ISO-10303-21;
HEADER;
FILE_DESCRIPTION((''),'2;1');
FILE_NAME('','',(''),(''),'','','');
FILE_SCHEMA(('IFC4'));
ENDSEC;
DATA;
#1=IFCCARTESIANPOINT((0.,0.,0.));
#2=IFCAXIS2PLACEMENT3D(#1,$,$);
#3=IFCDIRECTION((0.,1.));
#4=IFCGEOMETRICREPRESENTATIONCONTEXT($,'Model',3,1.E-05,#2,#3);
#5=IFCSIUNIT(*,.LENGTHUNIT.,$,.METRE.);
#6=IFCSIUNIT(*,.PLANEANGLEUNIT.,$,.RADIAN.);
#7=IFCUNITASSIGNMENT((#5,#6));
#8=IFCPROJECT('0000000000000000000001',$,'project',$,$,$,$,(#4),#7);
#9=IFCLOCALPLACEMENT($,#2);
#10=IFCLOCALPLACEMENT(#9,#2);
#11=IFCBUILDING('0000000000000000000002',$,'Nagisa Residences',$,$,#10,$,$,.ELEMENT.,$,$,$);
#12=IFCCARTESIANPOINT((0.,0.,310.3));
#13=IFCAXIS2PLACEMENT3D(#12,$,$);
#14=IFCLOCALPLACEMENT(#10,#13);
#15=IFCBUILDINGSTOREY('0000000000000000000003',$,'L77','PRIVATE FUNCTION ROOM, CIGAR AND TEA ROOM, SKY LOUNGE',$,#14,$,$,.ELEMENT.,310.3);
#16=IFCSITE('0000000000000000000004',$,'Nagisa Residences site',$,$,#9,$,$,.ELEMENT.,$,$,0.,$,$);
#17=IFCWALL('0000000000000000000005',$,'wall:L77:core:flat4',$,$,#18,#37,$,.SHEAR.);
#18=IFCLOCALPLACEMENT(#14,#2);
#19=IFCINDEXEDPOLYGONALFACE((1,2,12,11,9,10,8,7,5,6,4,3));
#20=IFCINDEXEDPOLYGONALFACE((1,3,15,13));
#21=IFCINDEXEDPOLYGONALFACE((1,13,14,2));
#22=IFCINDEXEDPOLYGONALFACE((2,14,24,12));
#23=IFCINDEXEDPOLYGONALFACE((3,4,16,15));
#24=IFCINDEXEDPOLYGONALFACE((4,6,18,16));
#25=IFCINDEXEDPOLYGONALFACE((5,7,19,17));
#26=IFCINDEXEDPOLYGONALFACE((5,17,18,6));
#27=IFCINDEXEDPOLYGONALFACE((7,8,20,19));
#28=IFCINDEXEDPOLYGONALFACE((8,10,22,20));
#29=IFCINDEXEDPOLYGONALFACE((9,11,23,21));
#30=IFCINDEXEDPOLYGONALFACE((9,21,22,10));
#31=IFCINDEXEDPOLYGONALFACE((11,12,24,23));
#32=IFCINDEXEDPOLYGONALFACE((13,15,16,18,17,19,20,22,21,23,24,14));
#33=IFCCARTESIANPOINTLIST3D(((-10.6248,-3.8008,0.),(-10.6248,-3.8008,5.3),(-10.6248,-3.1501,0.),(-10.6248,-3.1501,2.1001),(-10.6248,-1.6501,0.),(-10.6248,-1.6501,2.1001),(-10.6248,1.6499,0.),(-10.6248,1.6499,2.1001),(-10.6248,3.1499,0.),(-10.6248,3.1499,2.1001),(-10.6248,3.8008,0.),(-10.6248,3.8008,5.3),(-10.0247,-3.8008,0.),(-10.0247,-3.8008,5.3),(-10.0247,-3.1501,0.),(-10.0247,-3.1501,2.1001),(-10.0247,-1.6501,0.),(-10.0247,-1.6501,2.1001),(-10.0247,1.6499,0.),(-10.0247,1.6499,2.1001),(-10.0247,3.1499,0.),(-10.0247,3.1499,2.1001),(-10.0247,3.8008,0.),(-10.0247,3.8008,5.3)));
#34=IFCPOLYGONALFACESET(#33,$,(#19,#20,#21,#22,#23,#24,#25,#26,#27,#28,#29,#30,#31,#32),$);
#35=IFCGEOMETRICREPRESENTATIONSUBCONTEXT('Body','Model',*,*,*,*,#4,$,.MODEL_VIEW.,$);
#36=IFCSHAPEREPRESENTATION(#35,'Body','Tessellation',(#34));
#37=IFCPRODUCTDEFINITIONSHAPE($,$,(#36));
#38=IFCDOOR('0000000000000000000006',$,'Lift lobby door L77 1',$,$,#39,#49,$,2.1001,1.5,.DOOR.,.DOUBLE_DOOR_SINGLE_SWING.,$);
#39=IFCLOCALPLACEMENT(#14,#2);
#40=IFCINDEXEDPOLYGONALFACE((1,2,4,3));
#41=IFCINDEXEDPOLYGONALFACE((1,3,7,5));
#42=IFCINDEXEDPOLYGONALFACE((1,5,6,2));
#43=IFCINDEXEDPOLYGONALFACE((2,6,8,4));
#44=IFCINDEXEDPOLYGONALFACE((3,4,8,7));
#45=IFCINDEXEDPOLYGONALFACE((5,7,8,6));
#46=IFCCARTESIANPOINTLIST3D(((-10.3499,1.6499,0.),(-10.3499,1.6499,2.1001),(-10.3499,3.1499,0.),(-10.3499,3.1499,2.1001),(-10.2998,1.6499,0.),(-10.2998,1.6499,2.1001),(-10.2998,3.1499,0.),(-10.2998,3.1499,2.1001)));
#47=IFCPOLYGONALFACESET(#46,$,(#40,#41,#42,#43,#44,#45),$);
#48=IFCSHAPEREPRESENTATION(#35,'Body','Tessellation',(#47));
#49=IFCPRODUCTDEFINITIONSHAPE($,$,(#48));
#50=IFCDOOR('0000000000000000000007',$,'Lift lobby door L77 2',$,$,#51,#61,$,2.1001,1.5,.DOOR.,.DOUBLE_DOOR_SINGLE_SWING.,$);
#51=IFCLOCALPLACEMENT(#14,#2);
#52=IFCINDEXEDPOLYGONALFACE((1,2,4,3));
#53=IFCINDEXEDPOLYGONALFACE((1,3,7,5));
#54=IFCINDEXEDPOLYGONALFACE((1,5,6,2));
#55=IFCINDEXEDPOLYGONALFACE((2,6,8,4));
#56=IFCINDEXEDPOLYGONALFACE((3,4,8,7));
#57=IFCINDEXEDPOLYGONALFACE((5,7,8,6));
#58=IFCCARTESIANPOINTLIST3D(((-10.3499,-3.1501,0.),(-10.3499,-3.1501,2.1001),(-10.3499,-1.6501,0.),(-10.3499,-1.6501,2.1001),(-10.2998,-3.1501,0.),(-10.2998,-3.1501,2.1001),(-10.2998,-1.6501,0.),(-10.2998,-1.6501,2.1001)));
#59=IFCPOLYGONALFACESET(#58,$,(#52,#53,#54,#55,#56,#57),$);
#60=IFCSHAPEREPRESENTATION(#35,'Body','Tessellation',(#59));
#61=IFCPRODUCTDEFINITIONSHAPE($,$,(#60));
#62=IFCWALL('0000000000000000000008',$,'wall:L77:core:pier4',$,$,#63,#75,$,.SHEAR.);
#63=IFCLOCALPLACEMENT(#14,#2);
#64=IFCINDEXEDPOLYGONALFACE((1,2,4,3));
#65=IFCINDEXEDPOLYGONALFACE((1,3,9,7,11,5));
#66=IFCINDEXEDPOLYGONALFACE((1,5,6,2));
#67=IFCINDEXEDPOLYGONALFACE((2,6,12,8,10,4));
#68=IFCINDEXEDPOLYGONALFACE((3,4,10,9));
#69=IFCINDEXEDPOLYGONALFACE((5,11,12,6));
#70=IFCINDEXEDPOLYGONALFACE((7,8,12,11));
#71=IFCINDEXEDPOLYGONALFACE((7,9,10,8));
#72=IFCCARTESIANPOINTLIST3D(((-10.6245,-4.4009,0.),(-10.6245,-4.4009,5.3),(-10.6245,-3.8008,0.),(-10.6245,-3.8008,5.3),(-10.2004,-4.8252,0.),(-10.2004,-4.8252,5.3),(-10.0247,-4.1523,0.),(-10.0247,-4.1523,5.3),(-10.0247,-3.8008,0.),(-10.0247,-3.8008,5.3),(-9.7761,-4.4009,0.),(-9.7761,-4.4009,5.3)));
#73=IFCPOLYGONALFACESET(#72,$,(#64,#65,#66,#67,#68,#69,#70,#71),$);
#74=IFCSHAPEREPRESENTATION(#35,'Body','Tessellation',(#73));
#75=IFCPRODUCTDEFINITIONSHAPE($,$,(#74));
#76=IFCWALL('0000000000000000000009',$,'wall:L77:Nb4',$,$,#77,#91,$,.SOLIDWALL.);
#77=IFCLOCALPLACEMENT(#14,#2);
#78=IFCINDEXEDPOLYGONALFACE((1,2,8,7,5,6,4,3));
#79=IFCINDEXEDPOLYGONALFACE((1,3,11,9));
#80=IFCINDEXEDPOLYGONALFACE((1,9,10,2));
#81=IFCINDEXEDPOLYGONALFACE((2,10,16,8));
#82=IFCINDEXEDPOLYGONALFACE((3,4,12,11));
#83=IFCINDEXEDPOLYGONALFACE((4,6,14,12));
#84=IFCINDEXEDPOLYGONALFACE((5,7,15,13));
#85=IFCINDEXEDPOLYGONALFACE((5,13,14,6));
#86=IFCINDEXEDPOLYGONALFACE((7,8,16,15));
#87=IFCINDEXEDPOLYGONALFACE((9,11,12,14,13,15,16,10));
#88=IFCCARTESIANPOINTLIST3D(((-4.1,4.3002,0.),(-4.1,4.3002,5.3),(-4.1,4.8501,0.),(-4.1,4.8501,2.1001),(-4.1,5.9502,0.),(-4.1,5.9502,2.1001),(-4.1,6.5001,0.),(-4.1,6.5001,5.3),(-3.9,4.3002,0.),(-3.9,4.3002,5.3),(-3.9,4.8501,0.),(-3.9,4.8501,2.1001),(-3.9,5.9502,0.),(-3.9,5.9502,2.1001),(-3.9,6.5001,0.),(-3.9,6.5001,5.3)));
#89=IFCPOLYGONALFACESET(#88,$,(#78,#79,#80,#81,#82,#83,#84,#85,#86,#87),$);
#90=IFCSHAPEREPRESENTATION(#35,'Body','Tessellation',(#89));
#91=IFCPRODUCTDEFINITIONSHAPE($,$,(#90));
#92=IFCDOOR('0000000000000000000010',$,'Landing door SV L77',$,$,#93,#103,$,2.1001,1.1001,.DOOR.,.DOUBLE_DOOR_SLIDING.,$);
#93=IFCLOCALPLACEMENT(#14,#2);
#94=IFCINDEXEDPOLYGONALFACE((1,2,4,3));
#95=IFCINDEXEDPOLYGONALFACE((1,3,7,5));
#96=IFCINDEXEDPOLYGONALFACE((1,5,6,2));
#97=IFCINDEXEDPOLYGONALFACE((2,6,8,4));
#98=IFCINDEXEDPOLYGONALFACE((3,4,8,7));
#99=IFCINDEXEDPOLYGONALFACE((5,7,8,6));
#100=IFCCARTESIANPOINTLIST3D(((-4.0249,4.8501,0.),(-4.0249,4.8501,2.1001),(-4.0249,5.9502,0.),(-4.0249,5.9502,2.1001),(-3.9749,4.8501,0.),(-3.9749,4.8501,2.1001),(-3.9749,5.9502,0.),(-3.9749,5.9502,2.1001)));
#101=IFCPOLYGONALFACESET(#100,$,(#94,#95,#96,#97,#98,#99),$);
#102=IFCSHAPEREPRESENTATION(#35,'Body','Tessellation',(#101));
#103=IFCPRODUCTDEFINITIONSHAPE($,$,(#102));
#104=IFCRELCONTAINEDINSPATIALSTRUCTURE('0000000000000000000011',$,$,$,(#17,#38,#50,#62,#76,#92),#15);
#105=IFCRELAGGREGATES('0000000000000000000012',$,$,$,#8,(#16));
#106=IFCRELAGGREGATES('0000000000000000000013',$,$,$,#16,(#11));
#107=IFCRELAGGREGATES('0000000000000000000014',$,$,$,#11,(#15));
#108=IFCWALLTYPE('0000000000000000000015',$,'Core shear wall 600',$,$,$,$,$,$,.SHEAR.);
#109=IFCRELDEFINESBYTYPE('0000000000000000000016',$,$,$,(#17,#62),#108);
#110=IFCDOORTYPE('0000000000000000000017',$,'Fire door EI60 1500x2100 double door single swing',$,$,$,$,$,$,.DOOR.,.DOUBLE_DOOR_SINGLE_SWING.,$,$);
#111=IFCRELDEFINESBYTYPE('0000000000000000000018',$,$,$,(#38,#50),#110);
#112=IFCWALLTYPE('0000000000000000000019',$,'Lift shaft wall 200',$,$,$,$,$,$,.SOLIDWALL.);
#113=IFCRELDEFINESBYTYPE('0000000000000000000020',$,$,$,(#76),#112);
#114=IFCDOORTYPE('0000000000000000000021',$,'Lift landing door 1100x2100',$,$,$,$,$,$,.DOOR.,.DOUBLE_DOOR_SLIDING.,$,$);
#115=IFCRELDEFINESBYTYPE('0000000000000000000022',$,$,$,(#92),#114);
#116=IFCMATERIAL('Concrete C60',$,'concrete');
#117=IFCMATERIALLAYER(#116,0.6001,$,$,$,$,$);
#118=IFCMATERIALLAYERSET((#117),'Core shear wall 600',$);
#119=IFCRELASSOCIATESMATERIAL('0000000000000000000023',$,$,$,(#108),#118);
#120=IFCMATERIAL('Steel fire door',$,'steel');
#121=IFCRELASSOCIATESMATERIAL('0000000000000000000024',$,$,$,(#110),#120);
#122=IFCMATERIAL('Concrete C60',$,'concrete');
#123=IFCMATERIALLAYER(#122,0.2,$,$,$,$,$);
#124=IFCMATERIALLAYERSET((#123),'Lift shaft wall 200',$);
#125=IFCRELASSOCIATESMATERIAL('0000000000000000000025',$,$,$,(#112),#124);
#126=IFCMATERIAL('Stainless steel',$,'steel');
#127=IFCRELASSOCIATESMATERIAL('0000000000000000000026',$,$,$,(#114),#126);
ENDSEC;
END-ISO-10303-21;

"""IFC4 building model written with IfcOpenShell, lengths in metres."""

from ifc_helpers import new_model, si_unit, direction, frame, frame_2d, origin, place, context, subcontext, project, spatial, polyline, rectangle, outline, extrude, material, layer, layer_set, type_object, element, fill, save


model = new_model("IFC4")

# Units and contexts
model_context = context("Model", 3, precision=1e-05, world=origin(), true_north=direction((0.0, 1.0)))
body_context = subcontext(model_context, "Body", "Model", "MODEL_VIEW")
ifc_project = project(units=[si_unit("LENGTHUNIT", "METRE"), si_unit("PLANEANGLEUNIT", "RADIAN")], contexts=[model_context])

# Site, building, storey
site_placement = place(None, origin())
site = spatial("IfcSite", under=ifc_project, at=site_placement, Name="Nagisa Residences site", CompositionType="ELEMENT", RefElevation=0.0)
building_placement = place(site_placement, origin())
building = spatial("IfcBuilding", under=site, at=building_placement, Name="Nagisa Residences", CompositionType="ELEMENT")
storey_placement = place(building_placement, frame((0.0, 0.0, 310.3)))
storey = spatial("IfcBuildingStorey", under=building, at=storey_placement, Name="L77", Description="PRIVATE FUNCTION ROOM, CIGAR AND TEA ROOM, SKY LOUNGE", CompositionType="ELEMENT", Elevation=310.3)

# Wall, openings, doors
ifc_material_1 = material(Name="Concrete C60", Category="concrete")
ifc_layer_1 = layer(ifc_material_1, 0.6001)
ifc_layer_set_1 = layer_set([ifc_layer_1], Name="Core shear wall 600")
wall_type_1 = type_object("IfcWallType", Name="Core shear wall 600", PredefinedType="SHEAR", material=ifc_layer_set_1)
wall_1_placement = place(storey_placement, frame((-10.3247, 3.8008, 0.0), z_axis=(0.0, 0.0, 1.0), x_axis=(0.0, -1.0, 0.0)))
wall_1 = element("IfcWall", 1, at=wall_1_placement, inside=storey, type_object=wall_type_1, Name="wall:L77:core:flat4", PredefinedType="SHEAR", context=body_context, shape_type="SweptSolid", body=[
    extrude(rectangle(XDim=7.6016, YDim=0.6001, at=frame_2d((3.8008, 0.0))), origin(), (0.0, 0.0, 1.0), 5.3),
])
opening_1_placement = place(wall_1_placement, frame((0.6509, 0.0, 0.0)))
opening_1 = element("IfcOpeningElement", 2, at=opening_1_placement, cuts=wall_1, PredefinedType="OPENING", context=body_context, shape_type="SweptSolid", body=[
    extrude(rectangle(XDim=1.5, YDim=2.1001, at=frame_2d((0.75, 1.05))), frame((0.0, 0.3101, 0.0), z_axis=(0.0, -1.0, 0.0), x_axis=(1.0, 0.0, 0.0)), (0.0, 0.0, 1.0), 0.6201),
])
opening_2_placement = place(wall_1_placement, frame((5.4509, 0.0, 0.0)))
opening_2 = element("IfcOpeningElement", 3, at=opening_2_placement, cuts=wall_1, PredefinedType="OPENING", context=body_context, shape_type="SweptSolid", body=[
    extrude(rectangle(XDim=1.5, YDim=2.1001, at=frame_2d((0.75, 1.05))), frame((0.0, 0.3101, 0.0), z_axis=(0.0, -1.0, 0.0), x_axis=(1.0, 0.0, 0.0)), (0.0, 0.0, 1.0), 0.6201),
])
ifc_material_2 = material(Name="Steel fire door", Category="steel")
door_type_1 = type_object("IfcDoorType", Name="Fire door EI60 1500x2100 double door single swing", OperationType="DOUBLE_DOOR_SINGLE_SWING", PredefinedType="DOOR", material=ifc_material_2)
door_1_placement = place(opening_1_placement, origin())
door_1 = element("IfcDoor", 4, at=door_1_placement, inside=storey, type_object=door_type_1, Name="Lift lobby door L77 1", OperationType="DOUBLE_DOOR_SINGLE_SWING", OverallHeight=2.1001, OverallWidth=1.5, PredefinedType="DOOR", context=body_context, shape_type="SweptSolid", body=[
    extrude(rectangle(XDim=1.5, YDim=2.1001, at=frame_2d((0.75, 1.05))), frame((0.0, 0.0249, 0.0), z_axis=(0.0, -1.0, 0.0), x_axis=(1.0, 0.0, 0.0)), (0.0, 0.0, 1.0), 0.05),
])
fill(opening_1, door_1)
door_2_placement = place(opening_2_placement, origin())
door_2 = element("IfcDoor", 5, at=door_2_placement, inside=storey, type_object=door_type_1, Name="Lift lobby door L77 2", OperationType="DOUBLE_DOOR_SINGLE_SWING", OverallHeight=2.1001, OverallWidth=1.5, PredefinedType="DOOR", context=body_context, shape_type="SweptSolid", body=[
    extrude(rectangle(XDim=1.5, YDim=2.1001, at=frame_2d((0.75, 1.05))), frame((0.0, 0.0249, 0.0), z_axis=(0.0, -1.0, 0.0), x_axis=(1.0, 0.0, 0.0)), (0.0, 0.0, 1.0), 0.05),
])
fill(opening_2, door_2)

# Wall
wall_2_placement = place(storey_placement, origin())
element("IfcWall", 6, at=wall_2_placement, inside=storey, type_object=wall_type_1, Name="wall:L77:core:pier4", PredefinedType="SHEAR", context=body_context, shape_type="SweptSolid", body=[
    extrude(outline(polyline([(-10.6245, -3.8008), (-10.0247, -3.8008), (-10.0247, -4.1523), (-9.7761, -4.4009), (-10.2004, -4.8252), (-10.6245, -4.4009), (-10.6245, -3.8008)])), origin(), (0.0, 0.0, 1.0), 5.3),
])

# Wall, opening, door
ifc_material_3 = material(Name="Concrete C60", Category="concrete")
ifc_layer_2 = layer(ifc_material_3, 0.2)
ifc_layer_set_2 = layer_set([ifc_layer_2], Name="Lift shaft wall 200")
wall_type_2 = type_object("IfcWallType", Name="Lift shaft wall 200", PredefinedType="SOLIDWALL", material=ifc_layer_set_2)
wall_3_placement = place(storey_placement, frame((-4.0, 4.3, 0.0), z_axis=(0.0, 0.0, 1.0), x_axis=(0.0, 1.0, 0.0)))
wall_3 = element("IfcWall", 7, at=wall_3_placement, inside=storey, type_object=wall_type_2, Name="wall:L77:Nb4", PredefinedType="SOLIDWALL", context=body_context, shape_type="SweptSolid", body=[
    extrude(rectangle(XDim=2.2, YDim=0.2, at=frame_2d((1.1001, 0.0))), origin(), (0.0, 0.0, 1.0), 5.3),
])
opening_3_placement = place(wall_3_placement, frame((0.55, 0.0, 0.0)))
opening_3 = element("IfcOpeningElement", 8, at=opening_3_placement, cuts=wall_3, PredefinedType="OPENING", context=body_context, shape_type="SweptSolid", body=[
    extrude(rectangle(XDim=1.1001, YDim=2.1001, at=frame_2d((0.55, 1.05))), frame((0.0, 0.1099, 0.0), z_axis=(0.0, -1.0, 0.0), x_axis=(1.0, 0.0, 0.0)), (0.0, 0.0, 1.0), 0.22),
])
ifc_material_4 = material(Name="Stainless steel", Category="steel")
door_type_2 = type_object("IfcDoorType", Name="Lift landing door 1100x2100", OperationType="DOUBLE_DOOR_SLIDING", PredefinedType="DOOR", material=ifc_material_4)
door_3_placement = place(opening_3_placement, origin())
door_3 = element("IfcDoor", 9, at=door_3_placement, inside=storey, type_object=door_type_2, Name="Landing door SV L77", OperationType="DOUBLE_DOOR_SLIDING", OverallHeight=2.1001, OverallWidth=1.1001, PredefinedType="DOOR", context=body_context, shape_type="SweptSolid", body=[
    extrude(rectangle(XDim=1.1001, YDim=2.1001, at=frame_2d((0.55, 1.05))), frame((0.0, 0.0249, 0.0), z_axis=(0.0, -1.0, 0.0), x_axis=(1.0, 0.0, 0.0)), (0.0, 0.0, 1.0), 0.05),
])
fill(opening_3, door_3)

save(model, "model.ifc")
